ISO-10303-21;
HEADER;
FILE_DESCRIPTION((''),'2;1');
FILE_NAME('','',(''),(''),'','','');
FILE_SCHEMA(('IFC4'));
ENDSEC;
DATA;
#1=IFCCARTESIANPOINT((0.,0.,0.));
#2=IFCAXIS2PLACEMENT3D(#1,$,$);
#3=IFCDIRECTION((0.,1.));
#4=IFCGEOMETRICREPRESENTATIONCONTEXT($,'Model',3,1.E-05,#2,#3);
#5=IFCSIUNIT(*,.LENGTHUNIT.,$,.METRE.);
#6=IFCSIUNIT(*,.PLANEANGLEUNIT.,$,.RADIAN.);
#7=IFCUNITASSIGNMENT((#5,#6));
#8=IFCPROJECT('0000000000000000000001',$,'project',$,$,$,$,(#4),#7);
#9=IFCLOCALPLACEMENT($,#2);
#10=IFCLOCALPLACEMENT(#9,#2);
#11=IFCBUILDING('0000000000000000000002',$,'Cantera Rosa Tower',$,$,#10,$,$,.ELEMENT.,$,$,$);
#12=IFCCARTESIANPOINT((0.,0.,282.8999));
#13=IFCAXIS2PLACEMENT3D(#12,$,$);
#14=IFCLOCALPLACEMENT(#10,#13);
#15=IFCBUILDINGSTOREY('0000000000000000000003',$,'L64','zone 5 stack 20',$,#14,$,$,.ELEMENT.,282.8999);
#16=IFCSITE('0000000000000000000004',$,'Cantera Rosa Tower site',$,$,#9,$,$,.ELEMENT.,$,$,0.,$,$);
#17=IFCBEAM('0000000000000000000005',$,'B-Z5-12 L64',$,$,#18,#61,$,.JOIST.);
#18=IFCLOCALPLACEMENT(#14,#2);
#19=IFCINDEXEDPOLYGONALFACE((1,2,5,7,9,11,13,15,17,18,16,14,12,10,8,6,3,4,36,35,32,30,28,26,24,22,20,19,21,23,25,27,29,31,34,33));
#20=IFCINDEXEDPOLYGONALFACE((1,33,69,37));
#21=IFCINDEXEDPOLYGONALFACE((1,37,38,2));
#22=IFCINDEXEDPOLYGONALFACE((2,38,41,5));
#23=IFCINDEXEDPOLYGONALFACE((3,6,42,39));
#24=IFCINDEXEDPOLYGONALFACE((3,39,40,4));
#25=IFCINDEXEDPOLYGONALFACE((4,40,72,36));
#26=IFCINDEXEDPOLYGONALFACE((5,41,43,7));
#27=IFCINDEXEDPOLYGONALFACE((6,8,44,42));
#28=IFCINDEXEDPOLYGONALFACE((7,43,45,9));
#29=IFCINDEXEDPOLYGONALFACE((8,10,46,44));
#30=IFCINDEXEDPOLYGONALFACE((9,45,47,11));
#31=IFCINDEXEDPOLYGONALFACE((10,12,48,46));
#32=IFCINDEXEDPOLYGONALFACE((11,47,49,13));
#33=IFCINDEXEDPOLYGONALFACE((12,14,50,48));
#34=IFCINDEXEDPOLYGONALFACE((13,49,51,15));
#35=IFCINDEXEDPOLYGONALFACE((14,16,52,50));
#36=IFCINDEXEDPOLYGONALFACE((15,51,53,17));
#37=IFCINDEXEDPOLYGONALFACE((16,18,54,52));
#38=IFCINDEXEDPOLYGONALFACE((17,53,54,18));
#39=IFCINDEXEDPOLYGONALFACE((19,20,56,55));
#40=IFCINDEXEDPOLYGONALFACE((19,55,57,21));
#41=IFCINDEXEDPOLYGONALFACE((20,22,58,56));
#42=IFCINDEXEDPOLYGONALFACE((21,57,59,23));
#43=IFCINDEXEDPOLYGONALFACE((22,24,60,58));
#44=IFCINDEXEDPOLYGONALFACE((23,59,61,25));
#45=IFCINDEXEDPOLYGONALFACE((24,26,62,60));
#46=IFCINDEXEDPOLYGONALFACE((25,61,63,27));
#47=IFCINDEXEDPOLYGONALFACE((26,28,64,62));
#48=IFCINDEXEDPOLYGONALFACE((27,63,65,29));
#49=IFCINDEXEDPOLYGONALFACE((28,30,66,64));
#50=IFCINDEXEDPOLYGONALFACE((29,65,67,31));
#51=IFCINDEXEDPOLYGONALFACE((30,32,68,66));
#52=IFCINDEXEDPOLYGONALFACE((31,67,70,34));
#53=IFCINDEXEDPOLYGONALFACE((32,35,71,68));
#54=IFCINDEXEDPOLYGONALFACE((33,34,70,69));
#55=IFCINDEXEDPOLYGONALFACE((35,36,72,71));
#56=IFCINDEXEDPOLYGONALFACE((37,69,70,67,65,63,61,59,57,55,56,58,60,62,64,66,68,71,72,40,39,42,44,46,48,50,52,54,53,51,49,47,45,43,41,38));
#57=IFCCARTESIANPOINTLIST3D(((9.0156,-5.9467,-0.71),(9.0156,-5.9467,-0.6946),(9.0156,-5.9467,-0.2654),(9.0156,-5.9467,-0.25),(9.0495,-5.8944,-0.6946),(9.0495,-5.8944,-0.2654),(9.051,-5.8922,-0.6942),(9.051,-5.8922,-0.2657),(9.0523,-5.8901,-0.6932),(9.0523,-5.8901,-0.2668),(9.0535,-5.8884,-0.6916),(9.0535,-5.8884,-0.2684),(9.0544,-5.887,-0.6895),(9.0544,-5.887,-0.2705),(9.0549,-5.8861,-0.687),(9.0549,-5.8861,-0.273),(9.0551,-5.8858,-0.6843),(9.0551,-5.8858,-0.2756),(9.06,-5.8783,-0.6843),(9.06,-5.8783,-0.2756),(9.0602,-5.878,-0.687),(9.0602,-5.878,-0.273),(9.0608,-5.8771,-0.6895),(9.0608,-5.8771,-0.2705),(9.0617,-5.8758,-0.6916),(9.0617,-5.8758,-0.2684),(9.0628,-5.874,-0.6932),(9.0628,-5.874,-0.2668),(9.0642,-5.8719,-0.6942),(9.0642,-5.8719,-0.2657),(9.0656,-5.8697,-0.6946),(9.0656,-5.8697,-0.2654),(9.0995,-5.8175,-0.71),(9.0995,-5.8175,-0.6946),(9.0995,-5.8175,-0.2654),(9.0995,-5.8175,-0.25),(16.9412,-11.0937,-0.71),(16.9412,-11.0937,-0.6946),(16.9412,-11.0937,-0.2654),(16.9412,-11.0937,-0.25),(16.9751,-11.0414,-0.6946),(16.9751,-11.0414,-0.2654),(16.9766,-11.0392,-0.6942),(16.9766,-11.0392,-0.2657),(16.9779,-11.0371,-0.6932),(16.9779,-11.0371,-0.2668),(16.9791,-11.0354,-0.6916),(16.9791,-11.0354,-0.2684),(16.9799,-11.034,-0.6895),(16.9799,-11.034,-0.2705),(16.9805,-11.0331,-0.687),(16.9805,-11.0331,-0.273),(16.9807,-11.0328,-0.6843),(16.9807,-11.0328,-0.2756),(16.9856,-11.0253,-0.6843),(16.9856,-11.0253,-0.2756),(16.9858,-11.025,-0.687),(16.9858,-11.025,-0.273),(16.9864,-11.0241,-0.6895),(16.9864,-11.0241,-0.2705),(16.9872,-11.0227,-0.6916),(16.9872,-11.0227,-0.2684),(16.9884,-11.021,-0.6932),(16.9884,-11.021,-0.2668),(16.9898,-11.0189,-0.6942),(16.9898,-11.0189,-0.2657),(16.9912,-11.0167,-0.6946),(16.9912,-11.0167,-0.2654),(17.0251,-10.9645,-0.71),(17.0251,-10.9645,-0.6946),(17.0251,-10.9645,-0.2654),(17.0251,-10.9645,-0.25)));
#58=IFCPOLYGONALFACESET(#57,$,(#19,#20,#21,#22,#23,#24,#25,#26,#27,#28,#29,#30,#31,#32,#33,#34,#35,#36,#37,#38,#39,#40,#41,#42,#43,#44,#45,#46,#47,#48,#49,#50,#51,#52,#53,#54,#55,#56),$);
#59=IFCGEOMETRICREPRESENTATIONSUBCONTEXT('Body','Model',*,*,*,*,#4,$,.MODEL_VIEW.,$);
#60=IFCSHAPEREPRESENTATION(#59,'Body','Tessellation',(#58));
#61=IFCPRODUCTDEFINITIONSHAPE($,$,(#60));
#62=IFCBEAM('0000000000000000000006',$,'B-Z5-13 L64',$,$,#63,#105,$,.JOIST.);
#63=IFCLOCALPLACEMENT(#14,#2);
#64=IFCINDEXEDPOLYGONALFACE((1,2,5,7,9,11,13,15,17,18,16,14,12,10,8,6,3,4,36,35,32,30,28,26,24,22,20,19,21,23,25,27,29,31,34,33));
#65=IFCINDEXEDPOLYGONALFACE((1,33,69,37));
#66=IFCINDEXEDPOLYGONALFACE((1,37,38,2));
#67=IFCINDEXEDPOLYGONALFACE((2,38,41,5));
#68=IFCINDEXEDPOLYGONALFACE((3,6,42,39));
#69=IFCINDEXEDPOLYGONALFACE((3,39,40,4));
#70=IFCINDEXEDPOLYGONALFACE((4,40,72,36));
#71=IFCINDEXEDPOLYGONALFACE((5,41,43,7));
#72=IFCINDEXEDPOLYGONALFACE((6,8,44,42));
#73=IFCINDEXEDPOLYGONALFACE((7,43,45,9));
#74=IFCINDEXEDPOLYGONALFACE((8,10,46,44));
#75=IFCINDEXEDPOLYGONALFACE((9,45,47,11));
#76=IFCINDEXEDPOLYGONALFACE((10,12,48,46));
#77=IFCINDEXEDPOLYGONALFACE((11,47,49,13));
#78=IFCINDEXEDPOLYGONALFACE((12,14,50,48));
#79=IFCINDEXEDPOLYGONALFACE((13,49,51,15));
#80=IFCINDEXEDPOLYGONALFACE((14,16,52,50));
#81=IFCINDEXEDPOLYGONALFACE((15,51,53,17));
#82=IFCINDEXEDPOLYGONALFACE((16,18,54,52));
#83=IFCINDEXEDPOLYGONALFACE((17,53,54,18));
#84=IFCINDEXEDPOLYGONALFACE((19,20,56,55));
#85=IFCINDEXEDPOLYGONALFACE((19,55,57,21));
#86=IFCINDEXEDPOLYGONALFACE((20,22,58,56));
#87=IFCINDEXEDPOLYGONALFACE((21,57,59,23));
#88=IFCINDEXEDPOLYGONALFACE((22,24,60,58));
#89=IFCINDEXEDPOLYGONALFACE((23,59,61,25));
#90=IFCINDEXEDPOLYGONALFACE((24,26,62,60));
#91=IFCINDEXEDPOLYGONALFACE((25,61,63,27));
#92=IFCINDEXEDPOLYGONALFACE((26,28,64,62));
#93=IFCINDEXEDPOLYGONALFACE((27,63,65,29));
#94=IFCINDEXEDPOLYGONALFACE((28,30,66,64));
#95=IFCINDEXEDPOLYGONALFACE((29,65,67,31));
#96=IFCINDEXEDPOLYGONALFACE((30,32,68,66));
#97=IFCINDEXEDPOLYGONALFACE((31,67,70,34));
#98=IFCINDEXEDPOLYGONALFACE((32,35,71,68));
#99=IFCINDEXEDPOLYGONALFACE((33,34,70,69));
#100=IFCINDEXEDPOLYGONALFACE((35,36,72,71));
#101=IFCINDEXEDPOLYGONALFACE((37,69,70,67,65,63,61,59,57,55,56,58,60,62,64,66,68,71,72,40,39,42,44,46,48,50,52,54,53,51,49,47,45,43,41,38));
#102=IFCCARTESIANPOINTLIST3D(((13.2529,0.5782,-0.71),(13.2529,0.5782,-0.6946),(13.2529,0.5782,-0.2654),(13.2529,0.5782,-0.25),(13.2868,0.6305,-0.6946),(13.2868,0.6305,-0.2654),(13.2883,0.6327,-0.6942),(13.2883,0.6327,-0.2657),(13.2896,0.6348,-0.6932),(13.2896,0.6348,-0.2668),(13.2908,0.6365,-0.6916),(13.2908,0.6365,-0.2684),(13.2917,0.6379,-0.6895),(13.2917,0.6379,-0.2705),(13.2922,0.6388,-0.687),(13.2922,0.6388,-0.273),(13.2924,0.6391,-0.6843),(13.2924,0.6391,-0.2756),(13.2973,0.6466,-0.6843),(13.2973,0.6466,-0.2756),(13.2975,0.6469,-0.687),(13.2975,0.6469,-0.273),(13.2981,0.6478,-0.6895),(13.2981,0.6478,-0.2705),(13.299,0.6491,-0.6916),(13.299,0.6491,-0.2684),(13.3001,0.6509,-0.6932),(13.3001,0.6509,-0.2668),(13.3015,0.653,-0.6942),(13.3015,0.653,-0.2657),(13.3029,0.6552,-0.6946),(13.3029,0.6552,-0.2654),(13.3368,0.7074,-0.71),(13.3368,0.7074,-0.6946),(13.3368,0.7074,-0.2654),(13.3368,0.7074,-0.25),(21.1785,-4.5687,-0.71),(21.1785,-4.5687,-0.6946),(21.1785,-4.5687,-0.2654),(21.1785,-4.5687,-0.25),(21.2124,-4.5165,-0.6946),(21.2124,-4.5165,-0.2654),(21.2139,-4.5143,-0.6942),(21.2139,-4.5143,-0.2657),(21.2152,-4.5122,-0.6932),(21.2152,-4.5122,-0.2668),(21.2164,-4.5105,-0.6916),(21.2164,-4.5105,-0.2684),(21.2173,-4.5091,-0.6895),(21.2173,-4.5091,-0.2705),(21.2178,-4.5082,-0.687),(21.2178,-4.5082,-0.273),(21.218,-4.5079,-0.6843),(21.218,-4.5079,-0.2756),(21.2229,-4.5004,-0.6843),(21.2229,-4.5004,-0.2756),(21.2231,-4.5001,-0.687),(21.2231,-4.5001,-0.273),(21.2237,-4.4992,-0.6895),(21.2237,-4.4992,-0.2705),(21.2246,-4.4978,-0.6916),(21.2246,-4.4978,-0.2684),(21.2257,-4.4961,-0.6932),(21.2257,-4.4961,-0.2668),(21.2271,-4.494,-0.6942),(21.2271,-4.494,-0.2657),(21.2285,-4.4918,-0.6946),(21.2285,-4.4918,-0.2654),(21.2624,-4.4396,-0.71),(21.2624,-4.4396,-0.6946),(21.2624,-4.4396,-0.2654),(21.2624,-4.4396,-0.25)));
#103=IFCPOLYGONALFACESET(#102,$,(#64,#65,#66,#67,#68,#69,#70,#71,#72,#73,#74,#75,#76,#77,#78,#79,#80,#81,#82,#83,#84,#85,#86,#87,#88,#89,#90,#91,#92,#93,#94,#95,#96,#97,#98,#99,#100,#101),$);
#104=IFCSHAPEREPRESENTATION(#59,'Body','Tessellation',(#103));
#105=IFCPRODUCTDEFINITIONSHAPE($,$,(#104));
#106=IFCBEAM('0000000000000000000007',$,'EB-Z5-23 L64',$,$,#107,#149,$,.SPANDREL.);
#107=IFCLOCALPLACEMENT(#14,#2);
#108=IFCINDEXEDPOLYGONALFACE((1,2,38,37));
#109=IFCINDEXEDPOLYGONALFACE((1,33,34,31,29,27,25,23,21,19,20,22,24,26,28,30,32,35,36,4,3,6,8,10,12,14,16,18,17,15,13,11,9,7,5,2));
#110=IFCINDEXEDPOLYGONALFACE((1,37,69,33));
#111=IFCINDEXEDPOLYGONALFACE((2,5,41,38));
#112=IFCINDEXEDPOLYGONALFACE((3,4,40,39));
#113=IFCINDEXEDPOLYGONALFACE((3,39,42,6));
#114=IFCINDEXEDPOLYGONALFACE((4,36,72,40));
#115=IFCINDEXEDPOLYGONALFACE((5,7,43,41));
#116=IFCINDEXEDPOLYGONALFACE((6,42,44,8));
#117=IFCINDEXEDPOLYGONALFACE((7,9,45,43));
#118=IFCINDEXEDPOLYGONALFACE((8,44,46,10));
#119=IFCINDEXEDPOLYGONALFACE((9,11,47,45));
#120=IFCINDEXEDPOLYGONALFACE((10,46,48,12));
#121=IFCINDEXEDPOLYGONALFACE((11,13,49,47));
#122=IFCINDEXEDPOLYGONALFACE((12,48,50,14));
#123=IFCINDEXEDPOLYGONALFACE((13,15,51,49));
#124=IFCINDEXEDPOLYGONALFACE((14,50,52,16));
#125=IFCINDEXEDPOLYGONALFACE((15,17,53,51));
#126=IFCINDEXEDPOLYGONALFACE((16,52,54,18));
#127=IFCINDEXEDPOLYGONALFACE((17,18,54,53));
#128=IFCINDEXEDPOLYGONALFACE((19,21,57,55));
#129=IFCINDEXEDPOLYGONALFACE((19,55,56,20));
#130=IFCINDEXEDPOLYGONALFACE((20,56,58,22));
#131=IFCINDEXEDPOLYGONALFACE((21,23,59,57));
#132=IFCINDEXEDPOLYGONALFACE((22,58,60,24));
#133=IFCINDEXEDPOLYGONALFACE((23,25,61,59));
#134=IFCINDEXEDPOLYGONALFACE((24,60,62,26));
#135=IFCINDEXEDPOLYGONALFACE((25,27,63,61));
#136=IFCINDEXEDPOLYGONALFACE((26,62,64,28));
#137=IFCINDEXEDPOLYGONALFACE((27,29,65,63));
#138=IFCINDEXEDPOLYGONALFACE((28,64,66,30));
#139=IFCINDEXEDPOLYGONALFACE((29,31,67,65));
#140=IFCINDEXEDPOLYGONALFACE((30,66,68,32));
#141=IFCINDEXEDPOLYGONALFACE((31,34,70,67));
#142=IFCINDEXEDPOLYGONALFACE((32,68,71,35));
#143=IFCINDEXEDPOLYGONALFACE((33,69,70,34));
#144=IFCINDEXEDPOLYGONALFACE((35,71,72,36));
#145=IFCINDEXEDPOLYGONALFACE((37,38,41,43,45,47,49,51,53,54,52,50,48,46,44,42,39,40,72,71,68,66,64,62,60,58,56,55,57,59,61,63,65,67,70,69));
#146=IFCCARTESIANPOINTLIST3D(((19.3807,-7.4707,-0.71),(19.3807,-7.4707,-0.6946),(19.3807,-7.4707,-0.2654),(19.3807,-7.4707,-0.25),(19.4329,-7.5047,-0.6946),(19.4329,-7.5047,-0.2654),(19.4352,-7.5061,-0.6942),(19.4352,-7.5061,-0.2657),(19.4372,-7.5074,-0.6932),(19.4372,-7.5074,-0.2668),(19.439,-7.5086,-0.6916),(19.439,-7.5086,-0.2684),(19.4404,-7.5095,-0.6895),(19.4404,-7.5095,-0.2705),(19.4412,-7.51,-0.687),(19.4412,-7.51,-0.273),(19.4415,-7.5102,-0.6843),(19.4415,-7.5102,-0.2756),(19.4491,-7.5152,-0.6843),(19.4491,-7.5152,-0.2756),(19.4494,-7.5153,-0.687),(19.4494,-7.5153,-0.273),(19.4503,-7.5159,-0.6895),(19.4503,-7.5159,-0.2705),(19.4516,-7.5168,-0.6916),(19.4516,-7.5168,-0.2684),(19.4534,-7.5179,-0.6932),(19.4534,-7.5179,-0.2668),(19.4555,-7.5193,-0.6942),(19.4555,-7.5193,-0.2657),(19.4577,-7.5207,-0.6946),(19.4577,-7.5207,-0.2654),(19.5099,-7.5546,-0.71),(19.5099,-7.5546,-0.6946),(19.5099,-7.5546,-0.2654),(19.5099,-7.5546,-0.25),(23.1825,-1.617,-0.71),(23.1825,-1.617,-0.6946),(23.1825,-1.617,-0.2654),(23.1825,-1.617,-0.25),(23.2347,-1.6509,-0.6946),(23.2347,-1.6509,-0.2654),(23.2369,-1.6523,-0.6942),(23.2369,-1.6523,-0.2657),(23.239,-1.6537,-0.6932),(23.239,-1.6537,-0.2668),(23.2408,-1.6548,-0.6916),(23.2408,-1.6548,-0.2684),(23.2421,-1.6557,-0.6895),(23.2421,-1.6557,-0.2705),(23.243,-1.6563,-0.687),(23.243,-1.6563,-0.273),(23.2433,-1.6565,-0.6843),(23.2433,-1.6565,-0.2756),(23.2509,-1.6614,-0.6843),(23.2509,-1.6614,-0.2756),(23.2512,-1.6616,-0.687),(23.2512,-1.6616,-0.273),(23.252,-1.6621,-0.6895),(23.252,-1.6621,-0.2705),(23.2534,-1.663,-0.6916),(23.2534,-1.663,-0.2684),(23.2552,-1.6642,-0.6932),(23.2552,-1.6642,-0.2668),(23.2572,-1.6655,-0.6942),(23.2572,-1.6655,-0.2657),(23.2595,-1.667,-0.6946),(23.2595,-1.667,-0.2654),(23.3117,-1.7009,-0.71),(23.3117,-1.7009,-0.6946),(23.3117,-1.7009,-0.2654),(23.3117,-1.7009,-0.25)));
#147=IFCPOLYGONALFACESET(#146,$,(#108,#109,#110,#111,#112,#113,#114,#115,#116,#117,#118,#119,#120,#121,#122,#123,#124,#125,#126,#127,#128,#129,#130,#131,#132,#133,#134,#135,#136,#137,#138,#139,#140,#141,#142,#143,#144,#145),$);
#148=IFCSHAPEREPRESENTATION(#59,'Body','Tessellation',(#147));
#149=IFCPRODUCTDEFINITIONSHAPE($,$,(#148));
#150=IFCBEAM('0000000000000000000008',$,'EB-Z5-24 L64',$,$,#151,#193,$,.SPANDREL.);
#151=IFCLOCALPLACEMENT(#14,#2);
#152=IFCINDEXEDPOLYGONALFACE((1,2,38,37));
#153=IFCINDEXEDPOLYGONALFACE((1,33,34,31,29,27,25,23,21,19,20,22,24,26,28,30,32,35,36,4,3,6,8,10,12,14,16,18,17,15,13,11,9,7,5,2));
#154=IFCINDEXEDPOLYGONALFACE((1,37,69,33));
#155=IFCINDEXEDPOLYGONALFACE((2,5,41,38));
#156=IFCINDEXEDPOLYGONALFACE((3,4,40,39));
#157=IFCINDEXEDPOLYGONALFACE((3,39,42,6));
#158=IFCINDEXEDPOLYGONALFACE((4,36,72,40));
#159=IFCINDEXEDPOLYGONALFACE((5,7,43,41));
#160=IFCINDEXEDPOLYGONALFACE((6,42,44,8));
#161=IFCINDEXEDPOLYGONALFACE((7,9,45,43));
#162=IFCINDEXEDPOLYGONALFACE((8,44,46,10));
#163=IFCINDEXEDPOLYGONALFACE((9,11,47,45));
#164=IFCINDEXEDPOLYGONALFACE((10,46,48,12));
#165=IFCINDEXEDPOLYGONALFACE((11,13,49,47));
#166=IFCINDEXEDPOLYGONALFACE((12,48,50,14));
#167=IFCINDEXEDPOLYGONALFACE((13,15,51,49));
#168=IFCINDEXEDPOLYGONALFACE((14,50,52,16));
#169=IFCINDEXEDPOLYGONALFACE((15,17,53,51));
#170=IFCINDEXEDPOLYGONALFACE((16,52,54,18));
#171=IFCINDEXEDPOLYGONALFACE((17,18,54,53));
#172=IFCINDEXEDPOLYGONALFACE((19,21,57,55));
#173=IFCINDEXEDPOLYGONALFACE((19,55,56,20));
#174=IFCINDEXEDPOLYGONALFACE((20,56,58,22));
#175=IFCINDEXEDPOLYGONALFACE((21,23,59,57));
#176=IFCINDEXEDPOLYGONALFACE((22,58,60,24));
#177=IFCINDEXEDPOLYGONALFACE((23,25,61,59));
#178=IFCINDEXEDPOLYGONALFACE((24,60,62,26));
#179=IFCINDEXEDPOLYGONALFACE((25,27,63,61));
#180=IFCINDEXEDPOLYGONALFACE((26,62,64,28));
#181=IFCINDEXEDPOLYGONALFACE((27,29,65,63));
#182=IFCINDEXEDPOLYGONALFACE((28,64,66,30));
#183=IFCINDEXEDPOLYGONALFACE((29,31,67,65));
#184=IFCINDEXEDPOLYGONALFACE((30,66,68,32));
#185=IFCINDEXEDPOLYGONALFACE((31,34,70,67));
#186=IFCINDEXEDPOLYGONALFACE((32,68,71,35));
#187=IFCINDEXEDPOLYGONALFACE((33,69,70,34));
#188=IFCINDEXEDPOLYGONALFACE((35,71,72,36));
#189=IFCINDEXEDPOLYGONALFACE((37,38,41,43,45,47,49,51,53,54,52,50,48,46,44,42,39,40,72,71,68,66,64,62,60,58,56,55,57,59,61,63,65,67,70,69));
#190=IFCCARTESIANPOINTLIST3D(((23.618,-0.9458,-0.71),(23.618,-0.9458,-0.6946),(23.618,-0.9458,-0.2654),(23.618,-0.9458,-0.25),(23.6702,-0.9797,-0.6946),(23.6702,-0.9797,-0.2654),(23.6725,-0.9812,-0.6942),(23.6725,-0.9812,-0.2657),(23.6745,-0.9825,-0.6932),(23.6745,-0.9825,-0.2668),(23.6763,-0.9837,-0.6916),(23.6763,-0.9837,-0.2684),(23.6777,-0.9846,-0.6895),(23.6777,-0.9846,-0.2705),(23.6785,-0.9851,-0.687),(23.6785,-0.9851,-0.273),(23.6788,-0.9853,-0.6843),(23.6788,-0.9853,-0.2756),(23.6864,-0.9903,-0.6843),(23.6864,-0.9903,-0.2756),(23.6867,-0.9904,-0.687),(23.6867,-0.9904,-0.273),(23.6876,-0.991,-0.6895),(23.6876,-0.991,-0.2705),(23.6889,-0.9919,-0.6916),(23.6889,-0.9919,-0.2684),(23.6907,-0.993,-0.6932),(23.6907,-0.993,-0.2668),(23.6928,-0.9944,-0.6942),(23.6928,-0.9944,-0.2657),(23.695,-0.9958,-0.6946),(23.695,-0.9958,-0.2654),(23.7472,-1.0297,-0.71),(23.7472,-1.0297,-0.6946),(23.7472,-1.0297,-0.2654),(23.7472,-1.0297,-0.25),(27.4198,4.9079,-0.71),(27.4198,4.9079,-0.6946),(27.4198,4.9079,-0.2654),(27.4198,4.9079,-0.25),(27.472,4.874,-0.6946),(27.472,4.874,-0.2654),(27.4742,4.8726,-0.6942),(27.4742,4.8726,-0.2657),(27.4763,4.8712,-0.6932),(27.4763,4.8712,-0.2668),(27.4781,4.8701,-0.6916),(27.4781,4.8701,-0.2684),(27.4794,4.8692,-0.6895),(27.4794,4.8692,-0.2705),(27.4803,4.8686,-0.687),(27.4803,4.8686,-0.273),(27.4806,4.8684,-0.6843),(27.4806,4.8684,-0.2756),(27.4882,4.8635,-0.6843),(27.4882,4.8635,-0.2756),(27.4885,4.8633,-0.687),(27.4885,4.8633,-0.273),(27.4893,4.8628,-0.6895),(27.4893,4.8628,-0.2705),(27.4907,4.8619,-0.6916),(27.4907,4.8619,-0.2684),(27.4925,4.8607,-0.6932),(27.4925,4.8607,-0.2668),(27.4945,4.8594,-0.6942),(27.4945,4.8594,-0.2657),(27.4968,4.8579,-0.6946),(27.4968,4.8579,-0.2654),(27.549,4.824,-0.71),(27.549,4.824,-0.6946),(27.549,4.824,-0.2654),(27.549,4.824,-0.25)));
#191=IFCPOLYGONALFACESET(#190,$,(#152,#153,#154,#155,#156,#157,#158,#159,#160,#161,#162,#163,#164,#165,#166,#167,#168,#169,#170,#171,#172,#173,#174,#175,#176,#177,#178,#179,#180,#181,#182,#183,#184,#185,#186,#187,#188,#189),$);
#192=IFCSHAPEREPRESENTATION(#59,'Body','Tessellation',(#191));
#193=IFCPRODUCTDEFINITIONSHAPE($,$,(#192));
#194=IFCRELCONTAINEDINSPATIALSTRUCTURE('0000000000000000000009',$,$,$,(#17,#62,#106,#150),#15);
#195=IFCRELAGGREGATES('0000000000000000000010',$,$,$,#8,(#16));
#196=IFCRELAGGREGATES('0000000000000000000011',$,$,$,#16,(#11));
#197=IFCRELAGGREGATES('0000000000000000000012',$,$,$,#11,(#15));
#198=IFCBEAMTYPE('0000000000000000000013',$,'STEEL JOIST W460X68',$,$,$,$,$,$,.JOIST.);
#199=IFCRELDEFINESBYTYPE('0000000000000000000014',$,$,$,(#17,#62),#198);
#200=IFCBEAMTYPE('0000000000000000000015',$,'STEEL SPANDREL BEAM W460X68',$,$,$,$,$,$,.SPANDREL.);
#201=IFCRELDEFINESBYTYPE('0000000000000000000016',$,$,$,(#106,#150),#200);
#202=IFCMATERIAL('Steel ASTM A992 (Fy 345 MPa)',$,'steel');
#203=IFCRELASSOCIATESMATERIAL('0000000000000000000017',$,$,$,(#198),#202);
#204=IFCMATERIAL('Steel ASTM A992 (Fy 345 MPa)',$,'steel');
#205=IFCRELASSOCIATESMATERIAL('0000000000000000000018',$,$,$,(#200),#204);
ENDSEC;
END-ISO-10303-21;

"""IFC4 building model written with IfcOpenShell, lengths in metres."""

from ifc_helpers import new_model, si_unit, direction, frame, origin, origin_2d, place, context, subcontext, project, spatial, i_section, extrude, material, material_profile, profile_set, type_object, element, save


model = new_model("IFC4")

# Units and contexts
model_context = context("Model", 3, precision=1e-05, world=origin(), true_north=direction((0.0, 1.0)))
body_context = subcontext(model_context, "Body", "Model", "MODEL_VIEW")
ifc_project = project(units=[si_unit("LENGTHUNIT", "METRE"), si_unit("PLANEANGLEUNIT", "RADIAN")], contexts=[model_context])

# Site, building, storey
site_placement = place(None, origin())
site = spatial("IfcSite", under=ifc_project, at=site_placement, Name="Cantera Rosa Tower site", CompositionType="ELEMENT", RefElevation=0.0)
building_placement = place(site_placement, origin())
building = spatial("IfcBuilding", under=site, at=building_placement, Name="Cantera Rosa Tower", CompositionType="ELEMENT")
storey_placement = place(building_placement, frame((0.0, 0.0, 282.8999)))
storey = spatial("IfcBuildingStorey", under=building, at=storey_placement, Name="L64", Description="zone 5 stack 20", CompositionType="ELEMENT", Elevation=282.8999)

# Beams
ifc_material_1 = material(Name="Steel ASTM A992 (Fy 345 MPa)", Category="steel")
ifc_material_profile_1 = material_profile(ifc_material_1, i_section(OverallWidth=0.1541, OverallDepth=0.46, WebThickness=0.009, FlangeThickness=0.0154, FilletRadius=0.0103, at=origin_2d()), Name="W460X68")
ifc_profile_set_1 = profile_set([ifc_material_profile_1], Name="Steel ASTM A992 (Fy 345 MPa)")
beam_type_1 = type_object("IfcBeamType", Name="STEEL JOIST W460X68", PredefinedType="JOIST", material=ifc_profile_set_1)
for number, where, z_axis, x_axis, name in (
    (1, (16.9832, -11.0291, -0.48), (-0.838667, 0.544644, 0.0), (-0.544644, -0.838667, 0.0), "B-Z5-12 L64"),
    (2, (21.2205, -4.5042, -0.48), (-0.838667, 0.544644, 0.0), (-0.544644, -0.838667, 0.0), "B-Z5-13 L64"),
):
    element("IfcBeam", number, at=place(storey_placement, frame(where, z_axis=z_axis, x_axis=x_axis)), inside=storey, type_object=beam_type_1, Name=name, PredefinedType="JOIST", context=body_context, shape_type="SweptSolid", body=[
        extrude(i_section(OverallWidth=0.1541, OverallDepth=0.46, WebThickness=0.009, FlangeThickness=0.0154, FilletRadius=0.0103, at=origin_2d()), origin(), (0.0, 0.0, 1.0), 9.4502),
    ])
ifc_material_2 = material(Name="Steel ASTM A992 (Fy 345 MPa)", Category="steel")
ifc_material_profile_2 = material_profile(ifc_material_2, i_section(OverallWidth=0.1541, OverallDepth=0.46, WebThickness=0.009, FlangeThickness=0.0154, FilletRadius=0.0103, at=origin_2d()), Name="W460X68")
ifc_profile_set_2 = profile_set([ifc_material_profile_2], Name="Steel ASTM A992 (Fy 345 MPa)")
beam_type_2 = type_object("IfcBeamType", Name="STEEL SPANDREL BEAM W460X68", PredefinedType="SPANDREL", material=ifc_profile_set_2)
for number, where, z_axis, x_axis, name in (
    (3, (19.4453, -7.5127, -0.48), (0.544667, 0.838652, 0.0), (-0.838652, 0.544667, 0.0), "EB-Z5-23 L64"),
    (4, (23.6826, -0.9878, -0.48), (0.544667, 0.838652, 0.0), (-0.838652, 0.544667, 0.0), "EB-Z5-24 L64"),
):
    element("IfcBeam", number, at=place(storey_placement, frame(where, z_axis=z_axis, x_axis=x_axis)), inside=storey, type_object=beam_type_2, Name=name, PredefinedType="SPANDREL", context=body_context, shape_type="SweptSolid", body=[
        extrude(i_section(OverallWidth=0.1541, OverallDepth=0.46, WebThickness=0.009, FlangeThickness=0.0154, FilletRadius=0.0103, at=origin_2d()), origin(), (0.0, 0.0, 1.0), 6.98),
    ])

save(model, "model.ifc")
